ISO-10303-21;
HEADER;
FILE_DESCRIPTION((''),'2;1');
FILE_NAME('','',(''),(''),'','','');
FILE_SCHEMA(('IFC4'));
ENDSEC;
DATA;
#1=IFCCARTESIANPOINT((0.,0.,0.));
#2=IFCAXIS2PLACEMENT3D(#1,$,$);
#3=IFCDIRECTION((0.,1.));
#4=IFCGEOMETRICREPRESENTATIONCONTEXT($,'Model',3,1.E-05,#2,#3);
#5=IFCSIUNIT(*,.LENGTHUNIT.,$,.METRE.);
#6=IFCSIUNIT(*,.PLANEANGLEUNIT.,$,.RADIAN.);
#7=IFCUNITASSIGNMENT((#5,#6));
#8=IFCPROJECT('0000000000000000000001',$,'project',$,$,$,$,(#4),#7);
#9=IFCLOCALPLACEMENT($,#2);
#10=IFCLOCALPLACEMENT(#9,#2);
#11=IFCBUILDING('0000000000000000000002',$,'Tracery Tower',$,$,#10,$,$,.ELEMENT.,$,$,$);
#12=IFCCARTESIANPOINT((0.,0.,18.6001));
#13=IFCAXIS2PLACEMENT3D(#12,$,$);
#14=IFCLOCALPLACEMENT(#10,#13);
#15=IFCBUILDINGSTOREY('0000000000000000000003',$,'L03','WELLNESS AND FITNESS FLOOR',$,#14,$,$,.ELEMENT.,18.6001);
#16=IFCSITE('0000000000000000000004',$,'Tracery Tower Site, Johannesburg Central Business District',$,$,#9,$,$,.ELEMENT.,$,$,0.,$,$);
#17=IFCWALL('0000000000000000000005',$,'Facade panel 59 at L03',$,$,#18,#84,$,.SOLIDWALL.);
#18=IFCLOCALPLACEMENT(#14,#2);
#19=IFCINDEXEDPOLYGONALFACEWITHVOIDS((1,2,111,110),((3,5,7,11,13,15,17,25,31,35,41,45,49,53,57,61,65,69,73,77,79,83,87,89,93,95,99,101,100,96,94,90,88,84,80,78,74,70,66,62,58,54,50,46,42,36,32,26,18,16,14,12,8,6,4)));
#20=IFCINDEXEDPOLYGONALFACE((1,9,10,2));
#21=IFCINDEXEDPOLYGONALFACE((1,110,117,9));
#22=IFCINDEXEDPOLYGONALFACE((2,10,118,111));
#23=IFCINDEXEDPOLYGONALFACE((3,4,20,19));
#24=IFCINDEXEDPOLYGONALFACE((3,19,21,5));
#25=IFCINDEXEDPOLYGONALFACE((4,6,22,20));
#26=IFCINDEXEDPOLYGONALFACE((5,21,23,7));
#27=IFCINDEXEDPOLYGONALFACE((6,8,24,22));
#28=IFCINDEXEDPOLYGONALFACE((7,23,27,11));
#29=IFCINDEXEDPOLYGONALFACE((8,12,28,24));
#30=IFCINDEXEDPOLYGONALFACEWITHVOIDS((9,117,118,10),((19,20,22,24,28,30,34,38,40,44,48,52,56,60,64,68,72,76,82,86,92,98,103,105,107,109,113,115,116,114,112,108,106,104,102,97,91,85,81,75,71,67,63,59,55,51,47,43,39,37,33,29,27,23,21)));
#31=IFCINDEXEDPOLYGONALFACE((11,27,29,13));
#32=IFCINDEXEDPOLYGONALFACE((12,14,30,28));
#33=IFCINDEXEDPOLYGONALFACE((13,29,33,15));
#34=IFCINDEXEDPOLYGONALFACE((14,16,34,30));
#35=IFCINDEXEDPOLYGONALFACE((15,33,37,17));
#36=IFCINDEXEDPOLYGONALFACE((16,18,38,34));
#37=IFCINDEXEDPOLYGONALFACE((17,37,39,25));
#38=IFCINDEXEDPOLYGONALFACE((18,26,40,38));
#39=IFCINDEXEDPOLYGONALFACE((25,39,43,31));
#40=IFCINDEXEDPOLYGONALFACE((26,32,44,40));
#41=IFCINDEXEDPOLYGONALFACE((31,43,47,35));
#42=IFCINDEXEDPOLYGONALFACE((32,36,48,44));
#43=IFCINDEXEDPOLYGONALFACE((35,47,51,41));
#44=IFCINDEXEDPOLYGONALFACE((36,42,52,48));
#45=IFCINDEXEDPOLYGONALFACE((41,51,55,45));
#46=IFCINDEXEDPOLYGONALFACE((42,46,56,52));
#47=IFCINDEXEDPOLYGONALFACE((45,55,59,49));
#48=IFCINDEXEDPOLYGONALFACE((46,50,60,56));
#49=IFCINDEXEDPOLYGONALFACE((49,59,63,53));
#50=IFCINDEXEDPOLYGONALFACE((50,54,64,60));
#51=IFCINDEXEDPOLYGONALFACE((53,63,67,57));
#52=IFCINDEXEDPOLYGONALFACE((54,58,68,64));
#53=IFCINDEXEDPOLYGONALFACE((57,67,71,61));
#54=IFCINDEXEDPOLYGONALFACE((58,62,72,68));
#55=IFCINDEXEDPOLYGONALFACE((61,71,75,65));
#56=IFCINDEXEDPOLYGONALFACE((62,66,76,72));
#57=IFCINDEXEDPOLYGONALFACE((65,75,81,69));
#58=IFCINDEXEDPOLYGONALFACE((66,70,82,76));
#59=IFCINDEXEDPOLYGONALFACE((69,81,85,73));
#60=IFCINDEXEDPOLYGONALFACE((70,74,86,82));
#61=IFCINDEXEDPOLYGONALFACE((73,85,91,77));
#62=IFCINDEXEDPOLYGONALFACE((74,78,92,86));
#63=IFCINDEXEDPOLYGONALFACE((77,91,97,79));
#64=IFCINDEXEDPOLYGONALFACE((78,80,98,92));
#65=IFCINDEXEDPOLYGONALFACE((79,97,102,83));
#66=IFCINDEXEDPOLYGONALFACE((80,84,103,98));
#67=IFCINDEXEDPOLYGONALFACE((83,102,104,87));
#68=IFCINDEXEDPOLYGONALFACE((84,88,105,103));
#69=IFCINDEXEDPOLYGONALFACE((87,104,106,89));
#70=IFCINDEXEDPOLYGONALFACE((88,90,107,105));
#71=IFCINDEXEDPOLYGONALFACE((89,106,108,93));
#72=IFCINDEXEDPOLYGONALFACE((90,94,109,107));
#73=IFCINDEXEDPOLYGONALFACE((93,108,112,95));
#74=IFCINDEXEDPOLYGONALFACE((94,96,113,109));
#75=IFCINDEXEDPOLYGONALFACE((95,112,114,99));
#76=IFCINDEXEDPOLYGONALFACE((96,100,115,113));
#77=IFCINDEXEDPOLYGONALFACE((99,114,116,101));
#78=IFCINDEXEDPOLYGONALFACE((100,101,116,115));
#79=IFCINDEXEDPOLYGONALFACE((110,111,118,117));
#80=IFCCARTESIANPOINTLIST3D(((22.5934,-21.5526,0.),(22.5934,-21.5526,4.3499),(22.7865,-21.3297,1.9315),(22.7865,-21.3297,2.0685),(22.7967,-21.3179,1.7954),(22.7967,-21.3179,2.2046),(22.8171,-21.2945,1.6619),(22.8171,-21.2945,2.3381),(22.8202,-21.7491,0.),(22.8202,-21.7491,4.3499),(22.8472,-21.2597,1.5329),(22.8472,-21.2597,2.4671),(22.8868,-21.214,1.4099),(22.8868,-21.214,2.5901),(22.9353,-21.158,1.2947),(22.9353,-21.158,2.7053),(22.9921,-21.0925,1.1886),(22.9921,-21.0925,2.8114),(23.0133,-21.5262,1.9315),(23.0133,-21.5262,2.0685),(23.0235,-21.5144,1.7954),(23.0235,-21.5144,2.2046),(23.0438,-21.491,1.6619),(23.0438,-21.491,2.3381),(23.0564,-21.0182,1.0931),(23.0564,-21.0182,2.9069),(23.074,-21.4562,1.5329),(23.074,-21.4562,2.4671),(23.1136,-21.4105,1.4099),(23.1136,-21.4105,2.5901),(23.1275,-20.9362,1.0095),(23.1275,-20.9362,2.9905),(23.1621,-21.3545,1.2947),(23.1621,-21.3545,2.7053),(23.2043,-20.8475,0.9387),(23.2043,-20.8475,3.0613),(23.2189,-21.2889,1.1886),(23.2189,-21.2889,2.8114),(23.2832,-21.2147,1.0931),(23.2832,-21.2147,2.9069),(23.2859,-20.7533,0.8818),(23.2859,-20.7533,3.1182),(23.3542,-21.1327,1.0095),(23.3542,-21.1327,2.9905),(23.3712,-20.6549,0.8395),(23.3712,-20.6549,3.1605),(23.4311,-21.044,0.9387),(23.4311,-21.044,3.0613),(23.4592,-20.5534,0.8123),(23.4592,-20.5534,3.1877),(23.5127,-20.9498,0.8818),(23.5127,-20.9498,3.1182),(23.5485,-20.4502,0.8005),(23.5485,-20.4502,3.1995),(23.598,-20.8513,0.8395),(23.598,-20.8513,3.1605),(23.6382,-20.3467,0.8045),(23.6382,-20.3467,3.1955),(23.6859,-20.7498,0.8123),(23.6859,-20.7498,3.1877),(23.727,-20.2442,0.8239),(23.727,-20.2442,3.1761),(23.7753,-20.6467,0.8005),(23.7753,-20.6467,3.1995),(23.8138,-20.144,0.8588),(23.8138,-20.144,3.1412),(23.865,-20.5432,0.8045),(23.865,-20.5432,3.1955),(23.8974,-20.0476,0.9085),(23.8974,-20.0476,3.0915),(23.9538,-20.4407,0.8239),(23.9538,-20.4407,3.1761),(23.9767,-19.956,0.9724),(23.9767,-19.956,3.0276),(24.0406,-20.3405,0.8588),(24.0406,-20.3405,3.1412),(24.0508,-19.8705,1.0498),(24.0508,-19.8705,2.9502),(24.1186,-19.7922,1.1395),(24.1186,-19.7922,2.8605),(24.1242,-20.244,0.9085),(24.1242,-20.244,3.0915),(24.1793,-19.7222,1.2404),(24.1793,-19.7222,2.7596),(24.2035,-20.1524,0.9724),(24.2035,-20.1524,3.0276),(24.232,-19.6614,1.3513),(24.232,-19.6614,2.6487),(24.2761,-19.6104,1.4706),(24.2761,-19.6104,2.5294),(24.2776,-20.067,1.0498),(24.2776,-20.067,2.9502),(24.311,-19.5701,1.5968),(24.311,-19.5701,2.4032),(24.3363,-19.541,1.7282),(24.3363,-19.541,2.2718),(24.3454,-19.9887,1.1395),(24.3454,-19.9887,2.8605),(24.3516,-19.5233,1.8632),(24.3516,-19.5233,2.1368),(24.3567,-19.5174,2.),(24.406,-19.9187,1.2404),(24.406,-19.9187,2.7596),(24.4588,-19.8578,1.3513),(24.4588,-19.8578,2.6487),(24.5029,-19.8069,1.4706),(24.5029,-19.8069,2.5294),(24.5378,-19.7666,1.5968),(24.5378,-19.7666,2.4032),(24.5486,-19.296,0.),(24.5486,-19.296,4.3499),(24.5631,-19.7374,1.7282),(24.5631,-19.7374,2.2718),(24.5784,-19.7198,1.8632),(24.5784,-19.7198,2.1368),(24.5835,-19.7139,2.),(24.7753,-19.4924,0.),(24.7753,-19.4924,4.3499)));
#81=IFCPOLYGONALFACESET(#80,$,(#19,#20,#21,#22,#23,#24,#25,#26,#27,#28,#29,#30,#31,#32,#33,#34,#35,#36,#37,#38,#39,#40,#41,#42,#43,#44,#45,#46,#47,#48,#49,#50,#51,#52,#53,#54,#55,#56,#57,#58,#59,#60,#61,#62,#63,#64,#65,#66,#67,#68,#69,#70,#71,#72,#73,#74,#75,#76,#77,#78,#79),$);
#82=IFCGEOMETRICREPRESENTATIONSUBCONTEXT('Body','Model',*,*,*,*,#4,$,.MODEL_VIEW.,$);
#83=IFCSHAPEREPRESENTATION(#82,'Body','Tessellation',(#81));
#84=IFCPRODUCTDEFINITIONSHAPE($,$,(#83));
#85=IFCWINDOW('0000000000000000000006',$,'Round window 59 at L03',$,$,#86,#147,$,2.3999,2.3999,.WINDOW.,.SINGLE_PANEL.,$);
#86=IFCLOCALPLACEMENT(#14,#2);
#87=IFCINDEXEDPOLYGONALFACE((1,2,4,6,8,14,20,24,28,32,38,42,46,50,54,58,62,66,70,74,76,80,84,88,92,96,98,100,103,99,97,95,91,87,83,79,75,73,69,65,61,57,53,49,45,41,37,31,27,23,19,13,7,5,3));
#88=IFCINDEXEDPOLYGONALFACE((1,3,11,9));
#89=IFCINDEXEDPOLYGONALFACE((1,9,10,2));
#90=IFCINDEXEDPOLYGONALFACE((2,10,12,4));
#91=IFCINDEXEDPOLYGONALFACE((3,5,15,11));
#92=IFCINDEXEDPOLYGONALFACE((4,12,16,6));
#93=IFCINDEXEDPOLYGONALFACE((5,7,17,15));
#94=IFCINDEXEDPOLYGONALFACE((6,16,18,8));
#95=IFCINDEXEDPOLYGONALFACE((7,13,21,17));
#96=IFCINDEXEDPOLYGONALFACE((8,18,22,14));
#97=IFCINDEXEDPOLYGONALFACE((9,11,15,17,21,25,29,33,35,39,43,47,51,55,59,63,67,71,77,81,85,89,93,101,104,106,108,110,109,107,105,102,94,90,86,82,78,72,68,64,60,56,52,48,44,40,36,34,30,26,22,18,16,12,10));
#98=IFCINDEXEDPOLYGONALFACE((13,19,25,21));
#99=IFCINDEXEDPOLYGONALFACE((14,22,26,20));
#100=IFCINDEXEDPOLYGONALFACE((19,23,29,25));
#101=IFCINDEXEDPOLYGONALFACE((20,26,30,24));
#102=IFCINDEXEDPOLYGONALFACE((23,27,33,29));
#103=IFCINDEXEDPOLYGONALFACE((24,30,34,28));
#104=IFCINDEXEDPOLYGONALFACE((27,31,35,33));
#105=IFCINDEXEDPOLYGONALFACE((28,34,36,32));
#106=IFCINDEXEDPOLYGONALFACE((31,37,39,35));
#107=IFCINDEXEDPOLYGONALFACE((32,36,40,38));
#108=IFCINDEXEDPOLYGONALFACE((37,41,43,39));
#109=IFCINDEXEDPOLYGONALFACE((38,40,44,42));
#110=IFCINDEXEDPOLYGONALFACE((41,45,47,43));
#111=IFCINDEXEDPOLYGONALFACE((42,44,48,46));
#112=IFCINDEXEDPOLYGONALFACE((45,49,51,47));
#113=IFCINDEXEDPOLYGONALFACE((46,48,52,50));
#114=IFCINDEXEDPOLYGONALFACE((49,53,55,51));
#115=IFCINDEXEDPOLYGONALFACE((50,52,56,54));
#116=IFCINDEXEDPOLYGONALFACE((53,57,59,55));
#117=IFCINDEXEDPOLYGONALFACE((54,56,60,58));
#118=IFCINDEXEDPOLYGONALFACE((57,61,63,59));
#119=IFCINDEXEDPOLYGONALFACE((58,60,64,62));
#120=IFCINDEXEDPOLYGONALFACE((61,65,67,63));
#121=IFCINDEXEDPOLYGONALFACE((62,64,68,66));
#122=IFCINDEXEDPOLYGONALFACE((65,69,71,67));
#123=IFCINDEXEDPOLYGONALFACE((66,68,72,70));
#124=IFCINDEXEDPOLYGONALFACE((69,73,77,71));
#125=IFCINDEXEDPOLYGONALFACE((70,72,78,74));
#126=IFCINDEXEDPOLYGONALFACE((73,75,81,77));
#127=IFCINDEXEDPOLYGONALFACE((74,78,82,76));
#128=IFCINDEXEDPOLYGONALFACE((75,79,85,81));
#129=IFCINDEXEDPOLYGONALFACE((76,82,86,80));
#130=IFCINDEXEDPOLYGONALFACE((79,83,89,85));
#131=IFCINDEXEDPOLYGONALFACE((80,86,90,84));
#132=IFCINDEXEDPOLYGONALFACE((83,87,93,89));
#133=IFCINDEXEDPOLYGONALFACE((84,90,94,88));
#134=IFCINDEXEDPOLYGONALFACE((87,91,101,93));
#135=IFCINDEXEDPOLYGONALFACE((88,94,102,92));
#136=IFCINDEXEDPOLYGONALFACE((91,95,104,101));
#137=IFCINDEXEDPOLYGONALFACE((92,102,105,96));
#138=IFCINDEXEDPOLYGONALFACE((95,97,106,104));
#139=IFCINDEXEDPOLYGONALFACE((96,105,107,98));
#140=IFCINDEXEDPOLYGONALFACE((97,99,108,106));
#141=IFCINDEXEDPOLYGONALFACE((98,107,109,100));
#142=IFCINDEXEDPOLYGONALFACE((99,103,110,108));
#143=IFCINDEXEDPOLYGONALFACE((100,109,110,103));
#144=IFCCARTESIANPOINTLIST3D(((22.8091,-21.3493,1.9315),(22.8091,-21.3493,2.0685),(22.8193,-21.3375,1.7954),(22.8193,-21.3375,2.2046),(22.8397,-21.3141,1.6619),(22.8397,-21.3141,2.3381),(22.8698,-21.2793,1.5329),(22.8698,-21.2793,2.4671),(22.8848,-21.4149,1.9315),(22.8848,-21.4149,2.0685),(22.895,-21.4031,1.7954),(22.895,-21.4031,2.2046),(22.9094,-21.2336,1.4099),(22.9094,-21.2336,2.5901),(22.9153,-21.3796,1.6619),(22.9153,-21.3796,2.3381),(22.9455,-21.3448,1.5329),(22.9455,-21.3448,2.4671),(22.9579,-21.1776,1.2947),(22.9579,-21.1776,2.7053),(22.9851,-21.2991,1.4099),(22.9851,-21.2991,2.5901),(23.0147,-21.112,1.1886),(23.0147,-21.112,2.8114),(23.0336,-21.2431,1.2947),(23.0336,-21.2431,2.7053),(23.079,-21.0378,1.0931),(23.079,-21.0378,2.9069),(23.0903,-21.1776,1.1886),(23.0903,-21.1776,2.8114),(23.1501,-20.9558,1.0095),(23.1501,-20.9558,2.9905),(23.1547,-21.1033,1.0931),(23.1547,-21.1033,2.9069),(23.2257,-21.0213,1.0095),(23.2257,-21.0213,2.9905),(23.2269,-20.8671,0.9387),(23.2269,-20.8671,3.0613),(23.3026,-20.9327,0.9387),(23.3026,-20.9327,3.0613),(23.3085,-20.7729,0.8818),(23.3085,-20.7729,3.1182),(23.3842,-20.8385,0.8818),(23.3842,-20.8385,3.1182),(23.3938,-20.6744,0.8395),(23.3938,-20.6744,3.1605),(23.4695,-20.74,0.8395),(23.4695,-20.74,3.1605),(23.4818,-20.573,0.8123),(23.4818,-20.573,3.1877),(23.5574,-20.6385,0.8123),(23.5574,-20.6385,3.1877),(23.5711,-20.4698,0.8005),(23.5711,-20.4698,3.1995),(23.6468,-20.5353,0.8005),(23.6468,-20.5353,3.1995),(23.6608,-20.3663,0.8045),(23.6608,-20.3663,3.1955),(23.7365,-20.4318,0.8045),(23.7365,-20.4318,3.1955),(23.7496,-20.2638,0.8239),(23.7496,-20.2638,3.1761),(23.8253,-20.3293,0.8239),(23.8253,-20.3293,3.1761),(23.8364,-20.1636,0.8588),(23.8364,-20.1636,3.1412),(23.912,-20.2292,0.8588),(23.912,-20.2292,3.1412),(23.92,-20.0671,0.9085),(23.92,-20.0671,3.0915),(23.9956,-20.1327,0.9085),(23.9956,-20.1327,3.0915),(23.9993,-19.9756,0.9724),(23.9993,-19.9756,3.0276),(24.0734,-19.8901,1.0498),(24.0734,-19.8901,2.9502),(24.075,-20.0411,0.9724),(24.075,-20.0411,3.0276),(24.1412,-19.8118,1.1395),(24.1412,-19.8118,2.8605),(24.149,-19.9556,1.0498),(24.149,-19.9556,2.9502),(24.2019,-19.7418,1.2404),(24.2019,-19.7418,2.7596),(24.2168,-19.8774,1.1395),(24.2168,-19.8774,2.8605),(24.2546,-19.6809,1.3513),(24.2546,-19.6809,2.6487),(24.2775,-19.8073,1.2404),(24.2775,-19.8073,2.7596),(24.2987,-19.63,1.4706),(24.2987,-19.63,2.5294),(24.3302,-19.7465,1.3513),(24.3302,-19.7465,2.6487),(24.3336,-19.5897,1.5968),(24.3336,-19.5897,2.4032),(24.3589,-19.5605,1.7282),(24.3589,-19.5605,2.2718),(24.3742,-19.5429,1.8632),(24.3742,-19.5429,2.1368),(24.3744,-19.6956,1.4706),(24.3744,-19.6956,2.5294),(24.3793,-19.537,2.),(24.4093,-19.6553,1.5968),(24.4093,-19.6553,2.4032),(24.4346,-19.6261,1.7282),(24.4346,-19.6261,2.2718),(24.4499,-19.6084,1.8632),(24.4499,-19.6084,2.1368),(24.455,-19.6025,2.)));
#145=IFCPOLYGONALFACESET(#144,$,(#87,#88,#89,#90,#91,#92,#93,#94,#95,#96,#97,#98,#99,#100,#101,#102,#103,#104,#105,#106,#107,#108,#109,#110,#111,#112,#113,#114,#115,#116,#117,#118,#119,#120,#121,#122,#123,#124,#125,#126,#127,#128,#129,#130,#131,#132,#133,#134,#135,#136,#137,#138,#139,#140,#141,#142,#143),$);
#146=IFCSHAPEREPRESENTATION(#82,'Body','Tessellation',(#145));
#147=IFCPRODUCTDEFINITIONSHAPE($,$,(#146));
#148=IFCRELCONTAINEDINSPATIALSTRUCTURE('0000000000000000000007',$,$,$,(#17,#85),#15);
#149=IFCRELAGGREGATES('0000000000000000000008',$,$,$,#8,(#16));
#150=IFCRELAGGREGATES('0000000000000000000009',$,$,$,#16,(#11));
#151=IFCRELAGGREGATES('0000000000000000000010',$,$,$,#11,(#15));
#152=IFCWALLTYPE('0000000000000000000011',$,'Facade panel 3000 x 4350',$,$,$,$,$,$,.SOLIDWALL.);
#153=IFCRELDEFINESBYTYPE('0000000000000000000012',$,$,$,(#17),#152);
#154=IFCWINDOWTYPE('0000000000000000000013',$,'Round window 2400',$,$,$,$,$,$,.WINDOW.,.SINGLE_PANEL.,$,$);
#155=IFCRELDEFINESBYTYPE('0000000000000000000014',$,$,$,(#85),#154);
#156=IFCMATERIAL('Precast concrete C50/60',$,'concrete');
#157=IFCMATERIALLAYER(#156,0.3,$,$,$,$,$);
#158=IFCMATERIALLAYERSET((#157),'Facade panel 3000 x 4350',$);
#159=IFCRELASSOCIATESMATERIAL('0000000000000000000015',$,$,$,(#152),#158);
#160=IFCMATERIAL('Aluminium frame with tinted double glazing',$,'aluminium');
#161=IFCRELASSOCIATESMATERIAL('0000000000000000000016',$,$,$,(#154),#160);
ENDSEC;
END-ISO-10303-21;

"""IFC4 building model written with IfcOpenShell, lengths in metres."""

from ifc_helpers import new_model, si_unit, direction, frame, frame_2d, origin, origin_2d, place, context, subcontext, project, spatial, rectangle, circle, extrude, material, layer, layer_set, type_object, element, fill, save


model = new_model("IFC4")

# Units and contexts
model_context = context("Model", 3, precision=1e-05, world=origin(), true_north=direction((0.0, 1.0)))
body_context = subcontext(model_context, "Body", "Model", "MODEL_VIEW")
ifc_project = project(units=[si_unit("LENGTHUNIT", "METRE"), si_unit("PLANEANGLEUNIT", "RADIAN")], contexts=[model_context])

# Site, building, storey
site_placement = place(None, origin())
site = spatial("IfcSite", under=ifc_project, at=site_placement, Name="Tracery Tower Site, Johannesburg Central Business District", CompositionType="ELEMENT", RefElevation=0.0)
building_placement = place(site_placement, origin())
building = spatial("IfcBuilding", under=site, at=building_placement, Name="Tracery Tower", CompositionType="ELEMENT")
storey_placement = place(building_placement, frame((0.0, 0.0, 18.6001)))
storey = spatial("IfcBuildingStorey", under=building, at=storey_placement, Name="L03", Description="WELLNESS AND FITNESS FLOOR", CompositionType="ELEMENT", Elevation=18.6001)

# Wall, opening, window
ifc_material_1 = material(Name="Precast concrete C50/60", Category="concrete")
ifc_layer_1 = layer(ifc_material_1, 0.3)
ifc_layer_set_1 = layer_set([ifc_layer_1], Name="Facade panel 3000 x 4350")
wall_type_1 = type_object("IfcWallType", Name="Facade panel 3000 x 4350", PredefinedType="SOLIDWALL", material=ifc_layer_set_1)
ifc_material_2 = material(Name="Aluminium frame with tinted double glazing", Category="aluminium")
window_type = type_object("IfcWindowType", Name="Round window 2400", PartitioningType="SINGLE_PANEL", PredefinedType="WINDOW", material=ifc_material_2)
wall_1_placement = place(storey_placement, frame((22.7068, -21.6509, 0.0), z_axis=(0.0, 0.0, 1.0), x_axis=(0.654809, 0.755794, 0.0)))
wall_1 = element("IfcWall", 1, at=wall_1_placement, inside=storey, type_object=wall_type_1, Name="Facade panel 59 at L03", PredefinedType="SOLIDWALL", context=body_context, shape_type="SweptSolid", body=[
    extrude(rectangle(XDim=2.9858, YDim=0.3, at=frame_2d((1.4929, 0.0))), origin(), (0.0, 0.0, 1.0), 4.3499),
])
opening_1_placement = place(wall_1_placement, frame((1.4929, 0.0, 2.0)))
opening_1 = element("IfcOpeningElement", 2, at=opening_1_placement, cuts=wall_1, PredefinedType="OPENING", context=body_context, shape_type="SweptSolid", body=[
    extrude(circle(Radius=1.2, at=origin_2d()), frame((0.0, 0.1599, 0.0), z_axis=(0.0, -1.0, 0.0), x_axis=(1.0, 0.0, 0.0)), (0.0, 0.0, 1.0), 0.3201),
])
window_1_placement = place(opening_1_placement, origin())
window_1 = element("IfcWindow", 3, at=window_1_placement, inside=storey, type_object=window_type, Name="Round window 59 at L03", OverallHeight=2.3999, OverallWidth=2.3999, PartitioningType="SINGLE_PANEL", PredefinedType="WINDOW", context=body_context, shape_type="SweptSolid", body=[
    extrude(circle(Radius=1.2, at=origin_2d()), frame((0.0, 0.1201, 0.0), z_axis=(0.0, -1.0, 0.0), x_axis=(1.0, 0.0, 0.0)), (0.0, 0.0, 1.0), 0.1001),
])
fill(opening_1, window_1)

save(model, "model.ifc")
